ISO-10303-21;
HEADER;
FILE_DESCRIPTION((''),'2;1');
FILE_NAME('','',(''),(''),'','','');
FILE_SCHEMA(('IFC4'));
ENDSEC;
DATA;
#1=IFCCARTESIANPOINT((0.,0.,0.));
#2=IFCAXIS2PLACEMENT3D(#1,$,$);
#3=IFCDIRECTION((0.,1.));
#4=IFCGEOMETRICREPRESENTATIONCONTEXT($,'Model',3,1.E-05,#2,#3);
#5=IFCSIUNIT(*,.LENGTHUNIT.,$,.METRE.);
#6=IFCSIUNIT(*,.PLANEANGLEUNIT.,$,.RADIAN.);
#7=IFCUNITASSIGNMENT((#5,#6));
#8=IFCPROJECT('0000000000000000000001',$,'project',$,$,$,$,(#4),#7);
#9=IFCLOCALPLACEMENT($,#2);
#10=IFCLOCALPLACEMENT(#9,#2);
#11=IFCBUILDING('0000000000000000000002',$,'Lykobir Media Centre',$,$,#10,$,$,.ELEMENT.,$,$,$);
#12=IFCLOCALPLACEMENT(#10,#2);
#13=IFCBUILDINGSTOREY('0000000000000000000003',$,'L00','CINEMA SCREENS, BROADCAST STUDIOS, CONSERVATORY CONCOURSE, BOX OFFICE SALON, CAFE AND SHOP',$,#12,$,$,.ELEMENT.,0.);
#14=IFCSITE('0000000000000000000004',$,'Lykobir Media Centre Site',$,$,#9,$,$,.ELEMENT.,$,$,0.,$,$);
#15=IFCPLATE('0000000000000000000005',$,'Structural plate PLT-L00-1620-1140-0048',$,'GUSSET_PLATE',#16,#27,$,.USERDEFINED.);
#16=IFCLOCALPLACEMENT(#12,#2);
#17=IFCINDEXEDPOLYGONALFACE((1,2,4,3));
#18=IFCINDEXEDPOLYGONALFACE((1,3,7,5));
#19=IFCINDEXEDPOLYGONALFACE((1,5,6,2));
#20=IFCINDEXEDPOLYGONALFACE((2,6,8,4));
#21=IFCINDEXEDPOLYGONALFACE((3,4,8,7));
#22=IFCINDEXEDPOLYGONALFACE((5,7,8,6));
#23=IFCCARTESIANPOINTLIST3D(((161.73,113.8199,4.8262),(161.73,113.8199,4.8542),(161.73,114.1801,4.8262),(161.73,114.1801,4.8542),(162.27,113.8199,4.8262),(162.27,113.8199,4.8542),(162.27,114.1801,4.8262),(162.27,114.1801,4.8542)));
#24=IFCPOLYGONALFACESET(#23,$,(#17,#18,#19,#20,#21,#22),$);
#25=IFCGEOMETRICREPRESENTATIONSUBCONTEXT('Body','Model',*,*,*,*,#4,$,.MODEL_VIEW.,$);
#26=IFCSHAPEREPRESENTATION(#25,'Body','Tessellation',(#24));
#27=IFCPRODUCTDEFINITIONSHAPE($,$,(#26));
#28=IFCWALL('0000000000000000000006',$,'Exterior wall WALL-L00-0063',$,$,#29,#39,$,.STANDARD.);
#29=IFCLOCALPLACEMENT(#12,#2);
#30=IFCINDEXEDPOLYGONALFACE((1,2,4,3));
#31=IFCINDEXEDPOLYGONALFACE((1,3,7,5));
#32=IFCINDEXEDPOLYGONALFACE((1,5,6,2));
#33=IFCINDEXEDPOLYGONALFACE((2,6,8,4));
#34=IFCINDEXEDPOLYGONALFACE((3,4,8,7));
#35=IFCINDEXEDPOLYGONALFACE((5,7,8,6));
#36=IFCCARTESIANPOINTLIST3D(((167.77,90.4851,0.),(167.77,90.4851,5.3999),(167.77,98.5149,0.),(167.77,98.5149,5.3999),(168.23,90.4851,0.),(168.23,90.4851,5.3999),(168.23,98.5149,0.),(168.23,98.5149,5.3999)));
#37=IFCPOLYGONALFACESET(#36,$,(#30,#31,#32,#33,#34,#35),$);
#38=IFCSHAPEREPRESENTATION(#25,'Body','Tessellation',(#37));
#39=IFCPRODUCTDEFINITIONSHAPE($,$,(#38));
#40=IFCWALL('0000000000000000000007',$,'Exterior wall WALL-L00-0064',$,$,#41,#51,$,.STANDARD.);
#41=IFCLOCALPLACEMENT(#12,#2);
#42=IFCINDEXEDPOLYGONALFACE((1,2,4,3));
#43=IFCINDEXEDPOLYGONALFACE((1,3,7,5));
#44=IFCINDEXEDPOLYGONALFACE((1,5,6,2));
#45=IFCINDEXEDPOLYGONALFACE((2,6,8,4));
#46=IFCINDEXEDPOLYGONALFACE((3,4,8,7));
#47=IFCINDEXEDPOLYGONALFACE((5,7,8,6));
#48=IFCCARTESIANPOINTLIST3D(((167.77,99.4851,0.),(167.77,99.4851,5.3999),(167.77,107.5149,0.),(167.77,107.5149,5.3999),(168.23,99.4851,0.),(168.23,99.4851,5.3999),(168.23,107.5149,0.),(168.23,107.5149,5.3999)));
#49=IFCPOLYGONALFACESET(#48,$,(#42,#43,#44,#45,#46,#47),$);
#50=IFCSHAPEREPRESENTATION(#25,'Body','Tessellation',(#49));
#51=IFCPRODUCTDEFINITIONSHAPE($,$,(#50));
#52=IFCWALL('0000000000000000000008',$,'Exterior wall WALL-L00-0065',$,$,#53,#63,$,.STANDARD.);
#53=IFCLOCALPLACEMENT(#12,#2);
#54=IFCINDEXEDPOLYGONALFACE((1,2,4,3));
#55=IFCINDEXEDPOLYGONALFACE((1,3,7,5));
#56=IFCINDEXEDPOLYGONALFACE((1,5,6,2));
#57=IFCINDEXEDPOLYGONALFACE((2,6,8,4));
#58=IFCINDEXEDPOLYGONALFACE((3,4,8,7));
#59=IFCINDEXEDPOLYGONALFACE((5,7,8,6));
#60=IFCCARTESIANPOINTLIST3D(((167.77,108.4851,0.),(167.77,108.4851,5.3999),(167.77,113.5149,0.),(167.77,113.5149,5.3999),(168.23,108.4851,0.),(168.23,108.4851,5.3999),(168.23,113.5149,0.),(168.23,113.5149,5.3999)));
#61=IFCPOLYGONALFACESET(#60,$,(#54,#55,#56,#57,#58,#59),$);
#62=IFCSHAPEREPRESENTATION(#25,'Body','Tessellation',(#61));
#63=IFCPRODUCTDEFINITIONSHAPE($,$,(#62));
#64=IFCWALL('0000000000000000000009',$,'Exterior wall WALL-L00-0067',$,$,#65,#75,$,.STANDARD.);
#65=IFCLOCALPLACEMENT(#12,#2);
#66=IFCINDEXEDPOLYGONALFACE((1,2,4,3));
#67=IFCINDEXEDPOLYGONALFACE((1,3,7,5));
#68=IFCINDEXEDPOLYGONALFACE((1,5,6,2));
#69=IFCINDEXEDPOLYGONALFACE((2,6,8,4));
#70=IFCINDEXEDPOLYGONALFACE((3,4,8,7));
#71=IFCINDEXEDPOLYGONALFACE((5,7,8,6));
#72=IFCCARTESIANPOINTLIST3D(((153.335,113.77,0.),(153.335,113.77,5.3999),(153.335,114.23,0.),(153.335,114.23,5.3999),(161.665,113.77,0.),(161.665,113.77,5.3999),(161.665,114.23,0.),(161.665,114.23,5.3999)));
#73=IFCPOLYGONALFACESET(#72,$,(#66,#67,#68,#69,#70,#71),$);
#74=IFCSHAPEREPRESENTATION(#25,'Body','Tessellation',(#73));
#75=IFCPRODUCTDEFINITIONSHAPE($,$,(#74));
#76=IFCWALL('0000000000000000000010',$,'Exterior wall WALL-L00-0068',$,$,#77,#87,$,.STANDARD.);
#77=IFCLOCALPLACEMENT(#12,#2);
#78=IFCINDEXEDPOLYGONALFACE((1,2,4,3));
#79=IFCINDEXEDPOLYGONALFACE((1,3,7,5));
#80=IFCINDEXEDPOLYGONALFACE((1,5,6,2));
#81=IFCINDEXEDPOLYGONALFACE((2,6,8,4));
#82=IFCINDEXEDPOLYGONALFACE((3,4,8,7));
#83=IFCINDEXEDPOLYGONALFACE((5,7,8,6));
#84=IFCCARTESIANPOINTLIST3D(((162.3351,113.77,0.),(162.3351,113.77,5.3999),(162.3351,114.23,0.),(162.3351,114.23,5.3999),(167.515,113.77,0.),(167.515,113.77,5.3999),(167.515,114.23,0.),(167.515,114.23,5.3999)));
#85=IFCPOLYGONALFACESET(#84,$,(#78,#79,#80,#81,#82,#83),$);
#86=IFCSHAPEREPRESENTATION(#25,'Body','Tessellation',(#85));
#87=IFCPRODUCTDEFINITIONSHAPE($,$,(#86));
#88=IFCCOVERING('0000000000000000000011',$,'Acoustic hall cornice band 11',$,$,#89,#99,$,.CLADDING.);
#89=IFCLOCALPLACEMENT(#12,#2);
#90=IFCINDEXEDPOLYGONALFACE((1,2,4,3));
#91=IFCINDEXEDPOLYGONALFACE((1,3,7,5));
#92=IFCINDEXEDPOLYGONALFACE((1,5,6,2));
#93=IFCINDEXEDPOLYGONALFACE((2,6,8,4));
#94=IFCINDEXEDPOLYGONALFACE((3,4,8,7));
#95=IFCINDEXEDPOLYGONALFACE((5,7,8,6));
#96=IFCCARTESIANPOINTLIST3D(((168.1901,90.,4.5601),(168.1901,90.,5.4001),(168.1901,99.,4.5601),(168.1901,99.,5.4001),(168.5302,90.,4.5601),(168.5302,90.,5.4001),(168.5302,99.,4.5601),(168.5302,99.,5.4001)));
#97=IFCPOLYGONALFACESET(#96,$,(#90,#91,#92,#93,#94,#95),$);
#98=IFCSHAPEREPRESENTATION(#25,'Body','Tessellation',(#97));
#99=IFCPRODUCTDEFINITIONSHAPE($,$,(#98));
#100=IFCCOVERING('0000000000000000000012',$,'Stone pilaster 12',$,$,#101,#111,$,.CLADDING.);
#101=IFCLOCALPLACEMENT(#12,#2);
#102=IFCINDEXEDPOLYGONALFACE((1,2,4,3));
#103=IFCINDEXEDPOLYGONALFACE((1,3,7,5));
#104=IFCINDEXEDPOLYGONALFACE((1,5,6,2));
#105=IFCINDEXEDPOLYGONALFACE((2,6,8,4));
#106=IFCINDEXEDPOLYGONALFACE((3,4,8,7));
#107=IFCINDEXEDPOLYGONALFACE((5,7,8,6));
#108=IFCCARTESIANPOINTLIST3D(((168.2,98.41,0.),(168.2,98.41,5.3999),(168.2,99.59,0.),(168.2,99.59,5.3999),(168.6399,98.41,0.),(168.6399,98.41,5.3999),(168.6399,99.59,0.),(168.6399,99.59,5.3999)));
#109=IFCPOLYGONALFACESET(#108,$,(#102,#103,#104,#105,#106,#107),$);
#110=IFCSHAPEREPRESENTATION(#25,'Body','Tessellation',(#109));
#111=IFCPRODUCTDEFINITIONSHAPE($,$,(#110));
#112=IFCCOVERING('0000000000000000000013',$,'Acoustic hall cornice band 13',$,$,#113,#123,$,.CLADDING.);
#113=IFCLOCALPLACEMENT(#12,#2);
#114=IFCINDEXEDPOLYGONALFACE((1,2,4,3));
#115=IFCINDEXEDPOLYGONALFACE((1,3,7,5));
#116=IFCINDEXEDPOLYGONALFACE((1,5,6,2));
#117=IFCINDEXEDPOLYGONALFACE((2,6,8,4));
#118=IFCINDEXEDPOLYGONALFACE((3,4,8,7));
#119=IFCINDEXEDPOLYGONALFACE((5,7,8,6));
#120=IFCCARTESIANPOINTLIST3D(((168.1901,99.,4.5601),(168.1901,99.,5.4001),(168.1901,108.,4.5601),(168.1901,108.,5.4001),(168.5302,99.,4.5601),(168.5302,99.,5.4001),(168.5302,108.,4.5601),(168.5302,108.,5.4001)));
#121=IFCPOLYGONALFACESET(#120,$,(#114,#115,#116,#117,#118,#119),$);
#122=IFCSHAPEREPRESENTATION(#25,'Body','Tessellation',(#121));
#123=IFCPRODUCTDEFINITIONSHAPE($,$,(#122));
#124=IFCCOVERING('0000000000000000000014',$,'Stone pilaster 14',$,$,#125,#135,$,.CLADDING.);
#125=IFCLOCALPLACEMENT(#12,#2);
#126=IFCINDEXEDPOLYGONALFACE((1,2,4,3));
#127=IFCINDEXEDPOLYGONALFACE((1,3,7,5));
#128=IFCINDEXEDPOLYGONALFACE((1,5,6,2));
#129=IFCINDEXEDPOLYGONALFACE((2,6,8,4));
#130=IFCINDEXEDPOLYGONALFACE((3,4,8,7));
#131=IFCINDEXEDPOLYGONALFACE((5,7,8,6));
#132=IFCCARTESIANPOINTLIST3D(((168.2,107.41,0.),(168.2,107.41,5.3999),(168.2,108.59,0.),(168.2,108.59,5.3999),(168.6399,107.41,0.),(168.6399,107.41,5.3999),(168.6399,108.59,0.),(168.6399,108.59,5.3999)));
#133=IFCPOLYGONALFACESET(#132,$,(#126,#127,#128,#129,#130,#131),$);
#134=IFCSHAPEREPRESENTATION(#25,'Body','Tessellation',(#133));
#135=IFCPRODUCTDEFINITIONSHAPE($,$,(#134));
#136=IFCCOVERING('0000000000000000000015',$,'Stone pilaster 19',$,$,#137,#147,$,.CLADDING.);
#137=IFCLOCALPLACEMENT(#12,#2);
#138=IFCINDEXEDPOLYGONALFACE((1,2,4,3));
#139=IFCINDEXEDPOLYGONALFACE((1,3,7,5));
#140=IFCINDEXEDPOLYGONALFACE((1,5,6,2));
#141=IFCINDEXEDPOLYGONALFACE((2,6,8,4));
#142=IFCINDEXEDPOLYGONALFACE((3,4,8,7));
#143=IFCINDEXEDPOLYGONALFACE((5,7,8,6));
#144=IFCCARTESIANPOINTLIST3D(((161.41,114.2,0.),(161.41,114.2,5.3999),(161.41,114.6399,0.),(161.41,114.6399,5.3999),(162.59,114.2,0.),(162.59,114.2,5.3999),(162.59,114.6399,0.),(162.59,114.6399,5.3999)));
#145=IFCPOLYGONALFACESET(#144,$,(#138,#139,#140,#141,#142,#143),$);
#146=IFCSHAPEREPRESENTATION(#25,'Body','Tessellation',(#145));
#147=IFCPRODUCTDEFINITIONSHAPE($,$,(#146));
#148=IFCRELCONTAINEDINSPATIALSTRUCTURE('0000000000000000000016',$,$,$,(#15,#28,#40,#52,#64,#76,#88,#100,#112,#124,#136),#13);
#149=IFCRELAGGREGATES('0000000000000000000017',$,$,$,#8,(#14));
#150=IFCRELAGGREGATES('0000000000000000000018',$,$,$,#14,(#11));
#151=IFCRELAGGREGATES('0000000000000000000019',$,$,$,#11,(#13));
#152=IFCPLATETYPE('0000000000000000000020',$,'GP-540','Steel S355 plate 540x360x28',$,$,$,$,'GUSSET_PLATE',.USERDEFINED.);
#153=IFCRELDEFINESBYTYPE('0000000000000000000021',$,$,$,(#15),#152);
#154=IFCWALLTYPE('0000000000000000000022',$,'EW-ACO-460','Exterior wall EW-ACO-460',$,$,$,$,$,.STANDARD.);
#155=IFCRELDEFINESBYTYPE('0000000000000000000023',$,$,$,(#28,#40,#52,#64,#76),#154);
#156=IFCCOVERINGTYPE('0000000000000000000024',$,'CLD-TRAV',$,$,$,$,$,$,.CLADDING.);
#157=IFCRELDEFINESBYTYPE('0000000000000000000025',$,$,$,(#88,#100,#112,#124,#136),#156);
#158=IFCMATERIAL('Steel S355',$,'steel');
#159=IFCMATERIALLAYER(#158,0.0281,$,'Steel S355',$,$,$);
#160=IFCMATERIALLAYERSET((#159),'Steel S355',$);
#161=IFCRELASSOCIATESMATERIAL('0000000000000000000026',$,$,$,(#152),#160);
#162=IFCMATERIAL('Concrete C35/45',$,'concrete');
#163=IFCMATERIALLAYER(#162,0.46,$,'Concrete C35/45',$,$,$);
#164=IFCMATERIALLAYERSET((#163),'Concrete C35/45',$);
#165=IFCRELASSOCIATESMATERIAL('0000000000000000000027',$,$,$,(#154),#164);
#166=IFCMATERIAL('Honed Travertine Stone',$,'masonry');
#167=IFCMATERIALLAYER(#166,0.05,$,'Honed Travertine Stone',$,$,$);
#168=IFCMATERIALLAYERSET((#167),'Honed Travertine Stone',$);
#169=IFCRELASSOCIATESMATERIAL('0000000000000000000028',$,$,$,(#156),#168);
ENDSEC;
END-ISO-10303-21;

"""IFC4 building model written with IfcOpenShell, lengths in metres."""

from ifc_helpers import new_model, si_unit, direction, frame, frame_2d, origin, origin_2d, place, context, subcontext, project, spatial, rectangle, extrude, material, layer, layer_set, type_object, element, save


model = new_model("IFC4")

# Units and contexts
model_context = context("Model", 3, precision=1e-05, world=origin(), true_north=direction((0.0, 1.0)))
body_context = subcontext(model_context, "Body", "Model", "MODEL_VIEW")
ifc_project = project(units=[si_unit("LENGTHUNIT", "METRE"), si_unit("PLANEANGLEUNIT", "RADIAN")], contexts=[model_context])

# Site, building, storey
site_placement = place(None, origin())
site = spatial("IfcSite", under=ifc_project, at=site_placement, Name="Lykobir Media Centre Site", CompositionType="ELEMENT", RefElevation=0.0)
building_placement = place(site_placement, origin())
building = spatial("IfcBuilding", under=site, at=building_placement, Name="Lykobir Media Centre", CompositionType="ELEMENT")
storey_placement = place(building_placement, origin())
storey = spatial("IfcBuildingStorey", under=building, at=storey_placement, Name="L00", Description="CINEMA SCREENS, BROADCAST STUDIOS, CONSERVATORY CONCOURSE, BOX OFFICE SALON, CAFE AND SHOP", CompositionType="ELEMENT", Elevation=0.0)

# Shared definitions
ifc_material_1 = material(Name="Honed Travertine Stone", Category="masonry")

# Shared definitions
ifc_material_2 = material(Name="Steel S355", Category="steel")

# Plate
ifc_layer_1 = layer(ifc_material_2, 0.0281, Name="Steel S355")
ifc_layer_set_1 = layer_set([ifc_layer_1], Name="Steel S355")
plate_type_1 = type_object("IfcPlateType", Name="GP-540", Description="Steel S355 plate 540x360x28", ElementType="GUSSET_PLATE", PredefinedType="USERDEFINED", material=ifc_layer_set_1)
for number, where, z_axis, x_axis, name in (
    (1, (162.0, 114.0, 4.8262), (0.0, 0.0, 1.0), (1.0, 0.0, 0.0), "Structural plate PLT-L00-1620-1140-0048"),
):
    element("IfcPlate", number, at=place(storey_placement, frame(where, z_axis=z_axis, x_axis=x_axis)), inside=storey, type_object=plate_type_1, Name=name, ObjectType="GUSSET_PLATE", PredefinedType="USERDEFINED", context=body_context, shape_type="SweptSolid", body=[
        extrude(rectangle(XDim=0.54, YDim=0.3601, at=origin_2d()), origin(), (0.0, 0.0, 1.0), 0.0281),
    ])

# Walls
ifc_material_3 = material(Name="Concrete C35/45", Category="concrete")
ifc_layer_2 = layer(ifc_material_3, 0.46, Name="Concrete C35/45")
ifc_layer_set_2 = layer_set([ifc_layer_2], Name="Concrete C35/45")
wall_type = type_object("IfcWallType", Name="EW-ACO-460", Description="Exterior wall EW-ACO-460", PredefinedType="STANDARD", material=ifc_layer_set_2)
for number, where, z_axis, x_axis, name in (
    (2, (168.0, 90.4851, 0.0), (0.0, 0.0, 1.0), (0.0, 1.0, 0.0), "Exterior wall WALL-L00-0063"),
    (3, (168.0, 99.4851, 0.0), (0.0, 0.0, 1.0), (0.0, 1.0, 0.0), "Exterior wall WALL-L00-0064"),
):
    element("IfcWall", number, at=place(storey_placement, frame(where, z_axis=z_axis, x_axis=x_axis)), inside=storey, type_object=wall_type, Name=name, PredefinedType="STANDARD", context=body_context, shape_type="SweptSolid", body=[
        extrude(rectangle(XDim=8.0298, YDim=0.46, at=frame_2d((4.0149, 0.0))), origin(), (0.0, 0.0, 1.0), 5.3999),
    ])
wall_1_placement = place(storey_placement, frame((168.0, 108.4851, 0.0), z_axis=(0.0, 0.0, 1.0), x_axis=(0.0, 1.0, 0.0)))
element("IfcWall", 4, at=wall_1_placement, inside=storey, type_object=wall_type, Name="Exterior wall WALL-L00-0065", PredefinedType="STANDARD", context=body_context, shape_type="SweptSolid", body=[
    extrude(rectangle(XDim=5.0298, YDim=0.46, at=frame_2d((2.5149, 0.0))), origin(), (0.0, 0.0, 1.0), 5.3999),
])
wall_2_placement = place(storey_placement, frame((161.665, 114.0, 0.0), z_axis=(0.0, 0.0, 1.0), x_axis=(-1.0, 0.0, 0.0)))
element("IfcWall", 5, at=wall_2_placement, inside=storey, type_object=wall_type, Name="Exterior wall WALL-L00-0067", PredefinedType="STANDARD", context=body_context, shape_type="SweptSolid", body=[
    extrude(rectangle(XDim=8.3301, YDim=0.46, at=frame_2d((4.165, 0.0))), origin(), (0.0, 0.0, 1.0), 5.3999),
])
wall_3_placement = place(storey_placement, frame((167.5149, 114.0, 0.0), z_axis=(0.0, 0.0, 1.0), x_axis=(-1.0, 0.0, 0.0)))
element("IfcWall", 6, at=wall_3_placement, inside=storey, type_object=wall_type, Name="Exterior wall WALL-L00-0068", PredefinedType="STANDARD", context=body_context, shape_type="SweptSolid", body=[
    extrude(rectangle(XDim=5.1799, YDim=0.46, at=frame_2d((2.5898, 0.0))), origin(), (0.0, 0.0, 1.0), 5.3999),
])

# Coverings
ifc_layer_3 = layer(ifc_material_1, 0.05, Name="Honed Travertine Stone")
ifc_layer_set_3 = layer_set([ifc_layer_3], Name="Honed Travertine Stone")
covering_type = type_object("IfcCoveringType", Name="CLD-TRAV", PredefinedType="CLADDING", material=ifc_layer_set_3)
covering_1_placement = place(storey_placement, frame((168.3601, 94.5, 4.5601), z_axis=(0.0, 0.0, 1.0), x_axis=(0.0, 1.0, 0.0)))
element("IfcCovering", 7, at=covering_1_placement, inside=storey, type_object=covering_type, Name="Acoustic hall cornice band 11", PredefinedType="CLADDING", context=body_context, shape_type="SweptSolid", body=[
    extrude(rectangle(XDim=9.0, YDim=0.3401, at=origin_2d()), origin(), (0.0, 0.0, 1.0), 0.8401),
])
covering_2_placement = place(storey_placement, frame((168.4199, 99.0, 0.0), z_axis=(0.0, 0.0, 1.0), x_axis=(0.0, 1.0, 0.0)))
element("IfcCovering", 8, at=covering_2_placement, inside=storey, type_object=covering_type, Name="Stone pilaster 12", PredefinedType="CLADDING", context=body_context, shape_type="SweptSolid", body=[
    extrude(rectangle(XDim=1.1799, YDim=0.4399, at=origin_2d()), origin(), (0.0, 0.0, 1.0), 5.3999),
])
covering_3_placement = place(storey_placement, frame((168.3601, 103.5, 4.5601), z_axis=(0.0, 0.0, 1.0), x_axis=(0.0, 1.0, 0.0)))
element("IfcCovering", 9, at=covering_3_placement, inside=storey, type_object=covering_type, Name="Acoustic hall cornice band 13", PredefinedType="CLADDING", context=body_context, shape_type="SweptSolid", body=[
    extrude(rectangle(XDim=9.0, YDim=0.3401, at=origin_2d()), origin(), (0.0, 0.0, 1.0), 0.8401),
])
for number, where, z_axis, x_axis, name in (
    (10, (168.4199, 108.0, 0.0), (0.0, 0.0, 1.0), (0.0, 1.0, 0.0), "Stone pilaster 14"),
    (11, (162.0, 114.4199, 0.0), (0.0, 0.0, 1.0), (-1.0, 0.0, 0.0), "Stone pilaster 19"),
):
    element("IfcCovering", number, at=place(storey_placement, frame(where, z_axis=z_axis, x_axis=x_axis)), inside=storey, type_object=covering_type, Name=name, PredefinedType="CLADDING", context=body_context, shape_type="SweptSolid", body=[
        extrude(rectangle(XDim=1.1799, YDim=0.4399, at=origin_2d()), origin(), (0.0, 0.0, 1.0), 5.3999),
    ])

save(model, "model.ifc")
